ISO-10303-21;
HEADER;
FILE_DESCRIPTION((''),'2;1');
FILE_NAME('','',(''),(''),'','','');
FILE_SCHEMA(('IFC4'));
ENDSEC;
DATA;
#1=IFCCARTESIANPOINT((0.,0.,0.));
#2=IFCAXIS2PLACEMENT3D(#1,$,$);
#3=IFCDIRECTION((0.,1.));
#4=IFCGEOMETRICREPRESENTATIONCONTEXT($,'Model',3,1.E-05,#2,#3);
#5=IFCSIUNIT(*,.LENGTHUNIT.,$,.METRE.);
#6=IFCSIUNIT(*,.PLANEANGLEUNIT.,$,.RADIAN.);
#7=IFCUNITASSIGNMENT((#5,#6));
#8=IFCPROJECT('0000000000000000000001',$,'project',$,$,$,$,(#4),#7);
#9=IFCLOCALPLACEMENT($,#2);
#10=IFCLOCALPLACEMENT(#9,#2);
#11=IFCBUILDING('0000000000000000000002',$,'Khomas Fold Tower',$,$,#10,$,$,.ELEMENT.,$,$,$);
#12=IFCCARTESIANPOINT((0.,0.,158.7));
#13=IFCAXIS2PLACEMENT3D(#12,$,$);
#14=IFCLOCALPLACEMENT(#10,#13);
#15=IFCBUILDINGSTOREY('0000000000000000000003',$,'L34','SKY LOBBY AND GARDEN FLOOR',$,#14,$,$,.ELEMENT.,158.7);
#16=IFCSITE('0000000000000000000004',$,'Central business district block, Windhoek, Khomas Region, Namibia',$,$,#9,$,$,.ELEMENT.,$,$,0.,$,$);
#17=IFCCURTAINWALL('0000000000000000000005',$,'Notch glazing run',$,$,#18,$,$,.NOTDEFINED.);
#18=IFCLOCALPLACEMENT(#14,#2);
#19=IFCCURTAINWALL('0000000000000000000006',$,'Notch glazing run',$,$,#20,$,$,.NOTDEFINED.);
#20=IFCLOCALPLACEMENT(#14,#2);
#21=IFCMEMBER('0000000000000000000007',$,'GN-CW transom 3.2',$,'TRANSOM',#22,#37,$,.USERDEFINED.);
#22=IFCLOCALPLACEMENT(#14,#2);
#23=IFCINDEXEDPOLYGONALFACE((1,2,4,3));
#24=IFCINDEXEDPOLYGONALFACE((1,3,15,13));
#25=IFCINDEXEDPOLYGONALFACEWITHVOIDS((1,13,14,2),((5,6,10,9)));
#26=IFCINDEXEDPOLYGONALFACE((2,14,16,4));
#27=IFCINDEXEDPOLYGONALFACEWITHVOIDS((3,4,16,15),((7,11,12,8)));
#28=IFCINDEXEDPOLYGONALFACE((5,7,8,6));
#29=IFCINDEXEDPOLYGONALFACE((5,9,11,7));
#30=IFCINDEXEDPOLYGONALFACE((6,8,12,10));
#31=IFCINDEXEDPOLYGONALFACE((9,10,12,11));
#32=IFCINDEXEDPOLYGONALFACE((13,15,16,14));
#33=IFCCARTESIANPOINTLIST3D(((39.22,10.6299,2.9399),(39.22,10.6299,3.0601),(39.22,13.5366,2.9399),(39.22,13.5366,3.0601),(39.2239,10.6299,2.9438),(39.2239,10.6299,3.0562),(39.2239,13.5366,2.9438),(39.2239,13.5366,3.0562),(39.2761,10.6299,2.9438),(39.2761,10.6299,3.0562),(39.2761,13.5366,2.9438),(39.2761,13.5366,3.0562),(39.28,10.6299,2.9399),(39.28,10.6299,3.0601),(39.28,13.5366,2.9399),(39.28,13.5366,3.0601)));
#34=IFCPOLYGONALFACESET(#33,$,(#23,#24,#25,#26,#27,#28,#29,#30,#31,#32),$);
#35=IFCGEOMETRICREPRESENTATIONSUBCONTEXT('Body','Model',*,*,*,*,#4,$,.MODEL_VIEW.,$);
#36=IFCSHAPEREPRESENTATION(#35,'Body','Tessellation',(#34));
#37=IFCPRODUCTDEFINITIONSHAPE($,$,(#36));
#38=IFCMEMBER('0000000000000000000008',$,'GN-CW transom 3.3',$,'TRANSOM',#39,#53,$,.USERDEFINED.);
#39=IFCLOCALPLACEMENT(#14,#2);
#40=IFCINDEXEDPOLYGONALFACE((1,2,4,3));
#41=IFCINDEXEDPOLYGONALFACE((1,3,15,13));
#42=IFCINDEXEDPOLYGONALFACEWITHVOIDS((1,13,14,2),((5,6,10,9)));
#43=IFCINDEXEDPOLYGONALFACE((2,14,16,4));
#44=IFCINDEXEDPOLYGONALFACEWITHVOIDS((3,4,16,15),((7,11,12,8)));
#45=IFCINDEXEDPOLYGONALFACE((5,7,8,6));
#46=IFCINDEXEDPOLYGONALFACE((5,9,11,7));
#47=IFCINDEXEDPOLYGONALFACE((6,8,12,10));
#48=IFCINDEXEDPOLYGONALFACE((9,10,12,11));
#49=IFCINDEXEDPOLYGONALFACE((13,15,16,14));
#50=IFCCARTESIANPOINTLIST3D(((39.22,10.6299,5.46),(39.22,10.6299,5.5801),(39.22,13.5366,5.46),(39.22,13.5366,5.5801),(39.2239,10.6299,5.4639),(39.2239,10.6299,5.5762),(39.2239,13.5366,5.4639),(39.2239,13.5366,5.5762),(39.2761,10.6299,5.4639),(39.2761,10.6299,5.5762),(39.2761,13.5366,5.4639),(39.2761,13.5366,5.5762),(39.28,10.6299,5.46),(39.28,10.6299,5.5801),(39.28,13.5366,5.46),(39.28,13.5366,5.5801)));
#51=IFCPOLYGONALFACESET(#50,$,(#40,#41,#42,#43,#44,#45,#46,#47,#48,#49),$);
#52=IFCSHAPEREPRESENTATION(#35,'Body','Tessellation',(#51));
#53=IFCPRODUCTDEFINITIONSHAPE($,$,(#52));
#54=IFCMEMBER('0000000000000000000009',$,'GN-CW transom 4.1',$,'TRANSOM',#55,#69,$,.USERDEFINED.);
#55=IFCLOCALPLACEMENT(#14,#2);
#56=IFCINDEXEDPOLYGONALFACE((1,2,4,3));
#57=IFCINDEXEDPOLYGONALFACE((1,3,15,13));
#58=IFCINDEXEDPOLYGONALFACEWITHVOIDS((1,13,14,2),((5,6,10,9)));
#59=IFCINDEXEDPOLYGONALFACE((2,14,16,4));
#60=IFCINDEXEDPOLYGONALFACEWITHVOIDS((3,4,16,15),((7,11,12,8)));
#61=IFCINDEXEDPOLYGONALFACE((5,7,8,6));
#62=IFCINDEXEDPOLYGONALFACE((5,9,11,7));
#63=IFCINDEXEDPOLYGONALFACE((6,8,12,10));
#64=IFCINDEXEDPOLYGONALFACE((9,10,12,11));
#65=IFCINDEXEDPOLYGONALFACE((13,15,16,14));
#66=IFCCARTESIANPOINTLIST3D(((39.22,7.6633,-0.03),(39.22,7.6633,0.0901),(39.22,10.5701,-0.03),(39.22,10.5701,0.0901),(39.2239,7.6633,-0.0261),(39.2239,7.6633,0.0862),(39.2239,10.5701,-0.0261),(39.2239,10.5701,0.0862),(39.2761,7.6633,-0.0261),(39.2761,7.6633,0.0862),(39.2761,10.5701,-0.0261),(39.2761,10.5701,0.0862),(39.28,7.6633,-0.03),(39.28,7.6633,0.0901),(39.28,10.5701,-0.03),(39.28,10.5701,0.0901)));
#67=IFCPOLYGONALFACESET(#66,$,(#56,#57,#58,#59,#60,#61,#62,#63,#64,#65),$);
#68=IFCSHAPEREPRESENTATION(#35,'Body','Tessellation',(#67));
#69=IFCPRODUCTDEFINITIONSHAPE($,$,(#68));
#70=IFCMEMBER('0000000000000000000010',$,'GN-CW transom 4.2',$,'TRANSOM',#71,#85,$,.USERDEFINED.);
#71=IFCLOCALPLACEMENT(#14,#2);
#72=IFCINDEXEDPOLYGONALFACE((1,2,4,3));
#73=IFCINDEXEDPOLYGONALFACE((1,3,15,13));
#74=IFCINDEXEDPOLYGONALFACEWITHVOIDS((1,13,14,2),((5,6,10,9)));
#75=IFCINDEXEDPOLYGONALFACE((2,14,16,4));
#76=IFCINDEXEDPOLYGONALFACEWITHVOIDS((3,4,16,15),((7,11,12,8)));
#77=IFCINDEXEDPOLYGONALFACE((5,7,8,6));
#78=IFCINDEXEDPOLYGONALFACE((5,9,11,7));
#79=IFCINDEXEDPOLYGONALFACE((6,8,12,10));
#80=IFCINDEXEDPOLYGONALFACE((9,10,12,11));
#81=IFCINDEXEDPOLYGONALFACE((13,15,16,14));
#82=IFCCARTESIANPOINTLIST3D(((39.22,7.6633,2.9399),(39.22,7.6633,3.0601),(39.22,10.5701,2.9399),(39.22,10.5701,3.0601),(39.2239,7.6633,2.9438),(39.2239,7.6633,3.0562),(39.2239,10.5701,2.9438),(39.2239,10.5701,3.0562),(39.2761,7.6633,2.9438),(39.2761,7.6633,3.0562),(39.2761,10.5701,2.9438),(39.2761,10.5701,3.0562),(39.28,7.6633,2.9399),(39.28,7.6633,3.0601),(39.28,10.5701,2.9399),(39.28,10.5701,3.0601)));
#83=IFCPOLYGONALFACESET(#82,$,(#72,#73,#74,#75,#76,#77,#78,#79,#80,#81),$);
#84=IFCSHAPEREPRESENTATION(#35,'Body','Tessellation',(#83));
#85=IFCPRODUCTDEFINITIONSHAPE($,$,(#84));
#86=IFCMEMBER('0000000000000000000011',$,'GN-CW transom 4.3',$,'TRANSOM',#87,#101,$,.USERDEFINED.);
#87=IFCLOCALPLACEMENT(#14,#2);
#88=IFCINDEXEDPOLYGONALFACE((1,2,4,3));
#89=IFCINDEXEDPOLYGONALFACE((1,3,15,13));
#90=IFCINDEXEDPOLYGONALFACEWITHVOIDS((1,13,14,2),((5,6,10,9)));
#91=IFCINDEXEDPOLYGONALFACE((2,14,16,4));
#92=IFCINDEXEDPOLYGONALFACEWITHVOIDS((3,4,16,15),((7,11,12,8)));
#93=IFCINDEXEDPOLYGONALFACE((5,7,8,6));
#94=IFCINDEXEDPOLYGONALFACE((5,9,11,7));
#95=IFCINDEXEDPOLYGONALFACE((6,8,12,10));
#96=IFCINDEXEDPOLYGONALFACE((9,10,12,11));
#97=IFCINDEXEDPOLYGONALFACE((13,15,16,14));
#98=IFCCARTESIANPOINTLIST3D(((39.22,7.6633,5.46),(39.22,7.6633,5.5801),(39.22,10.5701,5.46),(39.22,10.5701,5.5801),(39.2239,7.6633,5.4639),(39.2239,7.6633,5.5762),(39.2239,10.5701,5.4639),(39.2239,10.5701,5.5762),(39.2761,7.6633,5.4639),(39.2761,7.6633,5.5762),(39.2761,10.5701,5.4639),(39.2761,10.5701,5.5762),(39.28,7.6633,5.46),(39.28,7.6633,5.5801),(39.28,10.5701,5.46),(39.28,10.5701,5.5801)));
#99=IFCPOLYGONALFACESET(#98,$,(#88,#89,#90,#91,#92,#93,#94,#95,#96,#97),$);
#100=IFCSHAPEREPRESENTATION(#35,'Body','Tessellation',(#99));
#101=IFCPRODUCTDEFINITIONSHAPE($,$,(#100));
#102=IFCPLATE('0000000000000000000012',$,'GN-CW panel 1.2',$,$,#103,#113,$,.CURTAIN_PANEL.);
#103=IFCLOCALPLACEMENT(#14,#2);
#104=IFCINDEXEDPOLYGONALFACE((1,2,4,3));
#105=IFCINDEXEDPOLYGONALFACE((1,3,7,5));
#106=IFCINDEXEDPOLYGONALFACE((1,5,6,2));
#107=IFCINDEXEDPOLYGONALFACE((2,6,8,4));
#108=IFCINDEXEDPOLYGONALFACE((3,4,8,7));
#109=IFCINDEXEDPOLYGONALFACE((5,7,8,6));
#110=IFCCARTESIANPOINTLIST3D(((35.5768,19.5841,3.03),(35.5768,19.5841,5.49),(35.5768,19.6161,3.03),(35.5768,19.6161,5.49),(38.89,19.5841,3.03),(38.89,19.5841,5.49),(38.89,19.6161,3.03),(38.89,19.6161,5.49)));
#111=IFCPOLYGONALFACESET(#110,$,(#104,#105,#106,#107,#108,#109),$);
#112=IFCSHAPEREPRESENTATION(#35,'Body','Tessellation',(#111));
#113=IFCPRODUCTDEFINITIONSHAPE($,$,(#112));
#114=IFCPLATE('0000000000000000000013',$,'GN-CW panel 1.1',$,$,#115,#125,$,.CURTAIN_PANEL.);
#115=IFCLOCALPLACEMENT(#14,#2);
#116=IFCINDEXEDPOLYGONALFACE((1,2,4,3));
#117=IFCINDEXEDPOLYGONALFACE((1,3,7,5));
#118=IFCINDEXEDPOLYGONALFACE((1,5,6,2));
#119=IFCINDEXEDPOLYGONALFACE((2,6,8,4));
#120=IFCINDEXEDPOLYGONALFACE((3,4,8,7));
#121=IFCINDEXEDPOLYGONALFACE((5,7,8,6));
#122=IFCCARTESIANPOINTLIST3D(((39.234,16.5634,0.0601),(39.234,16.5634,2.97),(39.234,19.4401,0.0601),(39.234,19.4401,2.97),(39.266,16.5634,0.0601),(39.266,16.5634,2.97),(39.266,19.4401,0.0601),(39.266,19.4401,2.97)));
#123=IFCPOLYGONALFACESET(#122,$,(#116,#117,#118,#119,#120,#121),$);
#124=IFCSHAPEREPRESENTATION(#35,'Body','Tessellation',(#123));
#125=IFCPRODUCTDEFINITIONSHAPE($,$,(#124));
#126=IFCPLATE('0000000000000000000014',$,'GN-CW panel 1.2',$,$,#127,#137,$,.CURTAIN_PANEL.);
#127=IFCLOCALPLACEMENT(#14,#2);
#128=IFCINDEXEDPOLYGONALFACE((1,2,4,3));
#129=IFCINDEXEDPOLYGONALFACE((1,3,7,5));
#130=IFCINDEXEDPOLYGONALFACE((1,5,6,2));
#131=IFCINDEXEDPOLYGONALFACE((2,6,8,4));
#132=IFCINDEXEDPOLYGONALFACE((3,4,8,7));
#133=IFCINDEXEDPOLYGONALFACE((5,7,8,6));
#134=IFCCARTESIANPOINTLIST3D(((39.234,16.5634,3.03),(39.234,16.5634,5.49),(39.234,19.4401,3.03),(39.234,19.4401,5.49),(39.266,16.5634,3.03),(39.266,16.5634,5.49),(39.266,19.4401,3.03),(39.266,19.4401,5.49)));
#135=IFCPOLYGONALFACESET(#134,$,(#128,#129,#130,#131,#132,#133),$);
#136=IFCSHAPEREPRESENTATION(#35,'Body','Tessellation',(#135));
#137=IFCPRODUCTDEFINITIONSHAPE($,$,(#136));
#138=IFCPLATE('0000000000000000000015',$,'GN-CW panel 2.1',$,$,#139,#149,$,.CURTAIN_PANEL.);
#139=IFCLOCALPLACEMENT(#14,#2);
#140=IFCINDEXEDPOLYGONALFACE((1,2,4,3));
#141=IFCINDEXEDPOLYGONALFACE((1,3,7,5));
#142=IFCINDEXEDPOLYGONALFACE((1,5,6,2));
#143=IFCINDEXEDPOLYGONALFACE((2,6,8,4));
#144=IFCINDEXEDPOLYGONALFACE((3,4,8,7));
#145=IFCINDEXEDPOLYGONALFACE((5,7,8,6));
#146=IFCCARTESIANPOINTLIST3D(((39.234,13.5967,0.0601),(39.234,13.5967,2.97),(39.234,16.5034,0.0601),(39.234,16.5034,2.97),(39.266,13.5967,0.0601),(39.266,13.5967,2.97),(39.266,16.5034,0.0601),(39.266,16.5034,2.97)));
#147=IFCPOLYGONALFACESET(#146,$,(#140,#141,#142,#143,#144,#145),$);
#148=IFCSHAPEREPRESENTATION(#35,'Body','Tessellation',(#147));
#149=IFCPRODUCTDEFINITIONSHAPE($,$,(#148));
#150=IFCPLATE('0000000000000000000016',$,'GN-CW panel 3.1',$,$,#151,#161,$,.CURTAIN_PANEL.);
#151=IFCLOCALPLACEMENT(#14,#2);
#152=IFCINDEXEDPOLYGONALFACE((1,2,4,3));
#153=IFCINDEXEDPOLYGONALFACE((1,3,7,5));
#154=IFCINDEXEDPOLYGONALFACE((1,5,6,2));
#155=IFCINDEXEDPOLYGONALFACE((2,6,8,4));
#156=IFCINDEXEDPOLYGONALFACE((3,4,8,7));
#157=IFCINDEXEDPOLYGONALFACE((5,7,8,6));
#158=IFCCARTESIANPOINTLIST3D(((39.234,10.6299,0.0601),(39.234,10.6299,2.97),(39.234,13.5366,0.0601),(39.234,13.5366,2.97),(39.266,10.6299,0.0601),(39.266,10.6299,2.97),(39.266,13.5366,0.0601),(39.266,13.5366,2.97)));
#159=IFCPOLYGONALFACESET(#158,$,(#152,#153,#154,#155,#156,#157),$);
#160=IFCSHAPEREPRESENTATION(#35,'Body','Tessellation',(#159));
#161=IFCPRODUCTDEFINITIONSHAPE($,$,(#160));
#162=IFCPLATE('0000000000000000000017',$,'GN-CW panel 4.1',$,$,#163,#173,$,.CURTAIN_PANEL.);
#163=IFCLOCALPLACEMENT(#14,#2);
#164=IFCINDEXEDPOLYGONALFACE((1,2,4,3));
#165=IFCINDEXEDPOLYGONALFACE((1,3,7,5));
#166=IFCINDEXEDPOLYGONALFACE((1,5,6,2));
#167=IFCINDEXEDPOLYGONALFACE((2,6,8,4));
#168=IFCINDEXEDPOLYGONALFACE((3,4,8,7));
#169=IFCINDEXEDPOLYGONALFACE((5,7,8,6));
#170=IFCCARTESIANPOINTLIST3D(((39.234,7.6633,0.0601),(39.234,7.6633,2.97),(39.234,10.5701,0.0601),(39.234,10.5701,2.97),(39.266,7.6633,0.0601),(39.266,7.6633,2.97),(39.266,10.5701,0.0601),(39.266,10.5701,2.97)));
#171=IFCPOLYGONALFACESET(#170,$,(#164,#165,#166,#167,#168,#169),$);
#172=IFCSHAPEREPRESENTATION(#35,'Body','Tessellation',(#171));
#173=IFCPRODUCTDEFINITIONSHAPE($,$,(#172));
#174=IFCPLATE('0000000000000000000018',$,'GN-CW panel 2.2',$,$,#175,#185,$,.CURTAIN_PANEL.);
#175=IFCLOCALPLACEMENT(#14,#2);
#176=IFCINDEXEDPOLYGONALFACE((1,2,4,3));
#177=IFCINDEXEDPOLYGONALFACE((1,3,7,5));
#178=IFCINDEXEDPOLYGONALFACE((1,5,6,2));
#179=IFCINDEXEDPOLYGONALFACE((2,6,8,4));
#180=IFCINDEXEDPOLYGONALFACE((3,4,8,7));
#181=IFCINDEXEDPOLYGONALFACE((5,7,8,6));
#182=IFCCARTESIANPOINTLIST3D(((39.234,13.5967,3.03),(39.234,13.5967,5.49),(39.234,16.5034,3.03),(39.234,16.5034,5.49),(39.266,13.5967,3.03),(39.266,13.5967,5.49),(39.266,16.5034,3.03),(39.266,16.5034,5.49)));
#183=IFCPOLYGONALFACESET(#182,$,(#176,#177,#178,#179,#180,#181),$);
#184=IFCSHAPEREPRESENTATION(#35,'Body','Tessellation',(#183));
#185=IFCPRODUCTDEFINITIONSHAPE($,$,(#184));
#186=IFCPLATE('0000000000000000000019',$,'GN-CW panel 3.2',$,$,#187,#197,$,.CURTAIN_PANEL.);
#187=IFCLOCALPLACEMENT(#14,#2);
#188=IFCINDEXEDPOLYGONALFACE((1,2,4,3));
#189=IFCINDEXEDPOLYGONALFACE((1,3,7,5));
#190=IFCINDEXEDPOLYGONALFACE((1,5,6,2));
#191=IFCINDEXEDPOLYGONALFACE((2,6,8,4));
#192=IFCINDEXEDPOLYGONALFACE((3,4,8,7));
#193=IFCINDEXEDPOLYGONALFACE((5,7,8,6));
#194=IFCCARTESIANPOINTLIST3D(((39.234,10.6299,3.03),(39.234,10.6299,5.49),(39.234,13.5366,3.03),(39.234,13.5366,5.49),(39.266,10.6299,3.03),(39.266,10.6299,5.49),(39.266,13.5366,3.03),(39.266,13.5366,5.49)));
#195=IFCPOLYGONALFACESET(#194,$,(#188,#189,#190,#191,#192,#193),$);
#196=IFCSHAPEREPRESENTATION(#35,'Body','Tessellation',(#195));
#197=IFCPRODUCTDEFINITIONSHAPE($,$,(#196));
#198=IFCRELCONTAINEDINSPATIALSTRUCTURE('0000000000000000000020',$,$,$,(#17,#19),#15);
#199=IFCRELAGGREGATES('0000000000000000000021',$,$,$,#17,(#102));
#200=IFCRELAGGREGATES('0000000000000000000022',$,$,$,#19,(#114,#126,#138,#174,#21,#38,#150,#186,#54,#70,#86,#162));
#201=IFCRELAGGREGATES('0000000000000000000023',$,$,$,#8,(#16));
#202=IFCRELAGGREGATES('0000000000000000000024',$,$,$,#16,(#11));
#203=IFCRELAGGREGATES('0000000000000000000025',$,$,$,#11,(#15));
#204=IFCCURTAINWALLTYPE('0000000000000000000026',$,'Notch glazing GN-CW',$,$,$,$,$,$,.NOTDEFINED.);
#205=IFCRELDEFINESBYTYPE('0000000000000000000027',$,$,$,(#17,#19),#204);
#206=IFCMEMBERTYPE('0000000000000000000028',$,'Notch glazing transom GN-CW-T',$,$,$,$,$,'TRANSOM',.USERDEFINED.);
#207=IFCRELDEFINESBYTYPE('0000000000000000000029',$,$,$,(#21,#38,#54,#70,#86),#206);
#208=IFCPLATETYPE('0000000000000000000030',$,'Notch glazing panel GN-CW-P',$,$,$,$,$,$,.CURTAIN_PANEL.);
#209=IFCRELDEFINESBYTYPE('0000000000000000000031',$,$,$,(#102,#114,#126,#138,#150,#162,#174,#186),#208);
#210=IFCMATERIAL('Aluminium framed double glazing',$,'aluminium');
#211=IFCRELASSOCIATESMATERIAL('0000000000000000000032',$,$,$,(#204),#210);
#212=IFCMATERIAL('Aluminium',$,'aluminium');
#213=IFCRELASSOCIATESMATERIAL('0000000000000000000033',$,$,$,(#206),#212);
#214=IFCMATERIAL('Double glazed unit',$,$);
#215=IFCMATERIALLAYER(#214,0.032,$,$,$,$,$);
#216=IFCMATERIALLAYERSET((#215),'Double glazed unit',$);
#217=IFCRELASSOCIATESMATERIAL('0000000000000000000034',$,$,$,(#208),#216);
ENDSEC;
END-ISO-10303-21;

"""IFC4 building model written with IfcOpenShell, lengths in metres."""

from ifc_helpers import new_model, si_unit, direction, frame, origin, origin_2d, place, context, subcontext, project, spatial, rectangle, hollow_rectangle, extrude, source, transform, mapped, material, layer, layer_set, material_profile, profile_set, type_object, element, aggregate, save


model = new_model("IFC4")

# Units and contexts
model_context = context("Model", 3, precision=1e-05, world=origin(), true_north=direction((0.0, 1.0)))
body_context = subcontext(model_context, "Body", "Model", "MODEL_VIEW")
ifc_project = project(units=[si_unit("LENGTHUNIT", "METRE"), si_unit("PLANEANGLEUNIT", "RADIAN")], contexts=[model_context])

# Site, building, storey
site_placement = place(None, origin())
site = spatial("IfcSite", under=ifc_project, at=site_placement, Name="Central business district block, Windhoek, Khomas Region, Namibia", CompositionType="ELEMENT", RefElevation=0.0)
building_placement = place(site_placement, origin())
building = spatial("IfcBuilding", under=site, at=building_placement, Name="Khomas Fold Tower", CompositionType="ELEMENT")
storey_placement = place(building_placement, frame((0.0, 0.0, 158.7)))
storey = spatial("IfcBuildingStorey", under=building, at=storey_placement, Name="L34", Description="SKY LOBBY AND GARDEN FLOOR", CompositionType="ELEMENT", Elevation=158.7)

# Curtain wall
ifc_material_1 = material(Name="Aluminium framed double glazing", Category="aluminium")
curtain_wall_type = type_object("IfcCurtainWallType", Name="Notch glazing GN-CW", PredefinedType="NOTDEFINED", material=ifc_material_1)
curtain_wall_1_placement = place(storey_placement, origin())
curtain_wall_1 = element("IfcCurtainWall", 1, at=curtain_wall_1_placement, inside=storey, type_object=curtain_wall_type, Name="Notch glazing run", PredefinedType="NOTDEFINED")

# Curtain wall, members
curtain_wall_2_placement = place(storey_placement, origin())
curtain_wall_2 = element("IfcCurtainWall", 2, at=curtain_wall_2_placement, inside=storey, type_object=curtain_wall_type, Name="Notch glazing run", PredefinedType="NOTDEFINED")
ifc_material_2 = material(Name="Aluminium", Category="aluminium")
ifc_material_profile_1 = material_profile(ifc_material_2, hollow_rectangle(XDim=0.0601, YDim=0.1201, WallThickness=0.0039, at=origin_2d()), Name="Notch glazing transom GN-CW-T")
ifc_profile_set_1 = profile_set([ifc_material_profile_1], Name="Aluminium")
member_type_1 = type_object("IfcMemberType", Name="Notch glazing transom GN-CW-T", ElementType="TRANSOM", PredefinedType="USERDEFINED", material=ifc_profile_set_1)
shared_shape_1 = source(origin(), body_context, "Body", "SweptSolid", [
    extrude(hollow_rectangle(XDim=0.0601, YDim=0.1201, WallThickness=0.0039, at=origin_2d()), origin(), (0.0, 0.0, 1.0), 2.9067),
])
member_1_placement = place(storey_placement, frame((39.25, 13.5366, 3.0), z_axis=(0.0, -1.0, 0.0), x_axis=(1.0, 0.0, 0.0)))
member_1 = element("IfcMember", 3, at=member_1_placement, type_object=member_type_1, Name="GN-CW transom 3.2", ObjectType="TRANSOM", PredefinedType="USERDEFINED", context=body_context, shape_type="MappedRepresentation", body=[
    mapped(shared_shape_1, transform((0.0, 0.0, 0.0))),
])
member_2_placement = place(storey_placement, frame((39.25, 13.5366, 5.52), z_axis=(0.0, -1.0, 0.0), x_axis=(1.0, 0.0, 0.0)))
member_2 = element("IfcMember", 4, at=member_2_placement, type_object=member_type_1, Name="GN-CW transom 3.3", ObjectType="TRANSOM", PredefinedType="USERDEFINED", context=body_context, shape_type="MappedRepresentation", body=[
    mapped(shared_shape_1, transform((0.0, 0.0, 0.0))),
])
member_3_placement = place(storey_placement, frame((39.25, 10.5701, 0.03), z_axis=(0.0, -1.0, 0.0), x_axis=(1.0, 0.0, 0.0)))
member_3 = element("IfcMember", 5, at=member_3_placement, type_object=member_type_1, Name="GN-CW transom 4.1", ObjectType="TRANSOM", PredefinedType="USERDEFINED", context=body_context, shape_type="MappedRepresentation", body=[
    mapped(shared_shape_1, transform((0.0, 0.0, 0.0))),
])
member_4_placement = place(storey_placement, frame((39.25, 10.5701, 3.0), z_axis=(0.0, -1.0, 0.0), x_axis=(1.0, 0.0, 0.0)))
member_4 = element("IfcMember", 6, at=member_4_placement, type_object=member_type_1, Name="GN-CW transom 4.2", ObjectType="TRANSOM", PredefinedType="USERDEFINED", context=body_context, shape_type="MappedRepresentation", body=[
    mapped(shared_shape_1, transform((0.0, 0.0, 0.0))),
])
member_5_placement = place(storey_placement, frame((39.25, 10.5701, 5.52), z_axis=(0.0, -1.0, 0.0), x_axis=(1.0, 0.0, 0.0)))
member_5 = element("IfcMember", 7, at=member_5_placement, type_object=member_type_1, Name="GN-CW transom 4.3", ObjectType="TRANSOM", PredefinedType="USERDEFINED", context=body_context, shape_type="MappedRepresentation", body=[
    mapped(shared_shape_1, transform((0.0, 0.0, 0.0))),
])

# Plates
ifc_material_3 = material(Name="Double glazed unit")
ifc_layer_1 = layer(ifc_material_3, 0.032)
ifc_layer_set_1 = layer_set([ifc_layer_1], Name="Double glazed unit")
plate_type_1 = type_object("IfcPlateType", Name="Notch glazing panel GN-CW-P", PredefinedType="CURTAIN_PANEL", material=ifc_layer_set_1)
shared_shape_2 = source(origin(), body_context, "Body", "SweptSolid", [
    extrude(rectangle(XDim=3.3132, YDim=0.032, at=origin_2d()), origin(), (0.0, 0.0, 1.0), 2.46),
])
plate_1_placement = place(storey_placement, frame((37.2334, 19.6001, 3.03), z_axis=(0.0, 0.0, 1.0), x_axis=(1.0, 0.0, 0.0)))
plate_1 = element("IfcPlate", 8, at=plate_1_placement, type_object=plate_type_1, Name="GN-CW panel 1.2", PredefinedType="CURTAIN_PANEL", context=body_context, shape_type="MappedRepresentation", body=[
    mapped(shared_shape_2, transform((0.0, 0.0, 0.0))),
])
aggregate(curtain_wall_1, [plate_1])
shared_shape_3 = source(origin(), body_context, "Body", "SweptSolid", [
    extrude(rectangle(XDim=2.8767, YDim=0.032, at=origin_2d()), origin(), (0.0, 0.0, 1.0), 2.9099),
])
plate_2_placement = place(storey_placement, frame((39.25, 18.0017, 0.0601), z_axis=(0.0, 0.0, 1.0), x_axis=(0.0, -1.0, 0.0)))
plate_2 = element("IfcPlate", 9, at=plate_2_placement, type_object=plate_type_1, Name="GN-CW panel 1.1", PredefinedType="CURTAIN_PANEL", context=body_context, shape_type="MappedRepresentation", body=[
    mapped(shared_shape_3, transform((0.0, 0.0, 0.0))),
])
shared_shape_4 = source(origin(), body_context, "Body", "SweptSolid", [
    extrude(rectangle(XDim=2.8767, YDim=0.032, at=origin_2d()), origin(), (0.0, 0.0, 1.0), 2.46),
])
plate_3_placement = place(storey_placement, frame((39.25, 18.0017, 3.03), z_axis=(0.0, 0.0, 1.0), x_axis=(0.0, -1.0, 0.0)))
plate_3 = element("IfcPlate", 10, at=plate_3_placement, type_object=plate_type_1, Name="GN-CW panel 1.2", PredefinedType="CURTAIN_PANEL", context=body_context, shape_type="MappedRepresentation", body=[
    mapped(shared_shape_4, transform((0.0, 0.0, 0.0))),
])
shared_shape_5 = source(origin(), body_context, "Body", "SweptSolid", [
    extrude(rectangle(XDim=2.9067, YDim=0.032, at=origin_2d()), origin(), (0.0, 0.0, 1.0), 2.9099),
])
plate_4_placement = place(storey_placement, frame((39.25, 15.05, 0.0601), z_axis=(0.0, 0.0, 1.0), x_axis=(0.0, -1.0, 0.0)))
plate_4 = element("IfcPlate", 11, at=plate_4_placement, type_object=plate_type_1, Name="GN-CW panel 2.1", PredefinedType="CURTAIN_PANEL", context=body_context, shape_type="MappedRepresentation", body=[
    mapped(shared_shape_5, transform((0.0, 0.0, 0.0))),
])
plate_5_placement = place(storey_placement, frame((39.25, 12.0833, 0.0601), z_axis=(0.0, 0.0, 1.0), x_axis=(0.0, -1.0, 0.0)))
plate_5 = element("IfcPlate", 12, at=plate_5_placement, type_object=plate_type_1, Name="GN-CW panel 3.1", PredefinedType="CURTAIN_PANEL", context=body_context, shape_type="MappedRepresentation", body=[
    mapped(shared_shape_5, transform((0.0, 0.0, 0.0))),
])
plate_6_placement = place(storey_placement, frame((39.25, 9.1167, 0.0601), z_axis=(0.0, 0.0, 1.0), x_axis=(0.0, -1.0, 0.0)))
plate_6 = element("IfcPlate", 13, at=plate_6_placement, type_object=plate_type_1, Name="GN-CW panel 4.1", PredefinedType="CURTAIN_PANEL", context=body_context, shape_type="MappedRepresentation", body=[
    mapped(shared_shape_5, transform((0.0, 0.0, 0.0))),
])
shared_shape_6 = source(origin(), body_context, "Body", "SweptSolid", [
    extrude(rectangle(XDim=2.9067, YDim=0.032, at=origin_2d()), origin(), (0.0, 0.0, 1.0), 2.46),
])
plate_7_placement = place(storey_placement, frame((39.25, 15.05, 3.03), z_axis=(0.0, 0.0, 1.0), x_axis=(0.0, -1.0, 0.0)))
plate_7 = element("IfcPlate", 14, at=plate_7_placement, type_object=plate_type_1, Name="GN-CW panel 2.2", PredefinedType="CURTAIN_PANEL", context=body_context, shape_type="MappedRepresentation", body=[
    mapped(shared_shape_6, transform((0.0, 0.0, 0.0))),
])
plate_8_placement = place(storey_placement, frame((39.25, 12.0833, 3.03), z_axis=(0.0, 0.0, 1.0), x_axis=(0.0, -1.0, 0.0)))
plate_8 = element("IfcPlate", 15, at=plate_8_placement, type_object=plate_type_1, Name="GN-CW panel 3.2", PredefinedType="CURTAIN_PANEL", context=body_context, shape_type="MappedRepresentation", body=[
    mapped(shared_shape_6, transform((0.0, 0.0, 0.0))),
])
aggregate(curtain_wall_2, [plate_2, plate_3, plate_4, plate_7, member_1, member_2, plate_5, plate_8, member_3, member_4, member_5, plate_6])

save(model, "model.ifc")
